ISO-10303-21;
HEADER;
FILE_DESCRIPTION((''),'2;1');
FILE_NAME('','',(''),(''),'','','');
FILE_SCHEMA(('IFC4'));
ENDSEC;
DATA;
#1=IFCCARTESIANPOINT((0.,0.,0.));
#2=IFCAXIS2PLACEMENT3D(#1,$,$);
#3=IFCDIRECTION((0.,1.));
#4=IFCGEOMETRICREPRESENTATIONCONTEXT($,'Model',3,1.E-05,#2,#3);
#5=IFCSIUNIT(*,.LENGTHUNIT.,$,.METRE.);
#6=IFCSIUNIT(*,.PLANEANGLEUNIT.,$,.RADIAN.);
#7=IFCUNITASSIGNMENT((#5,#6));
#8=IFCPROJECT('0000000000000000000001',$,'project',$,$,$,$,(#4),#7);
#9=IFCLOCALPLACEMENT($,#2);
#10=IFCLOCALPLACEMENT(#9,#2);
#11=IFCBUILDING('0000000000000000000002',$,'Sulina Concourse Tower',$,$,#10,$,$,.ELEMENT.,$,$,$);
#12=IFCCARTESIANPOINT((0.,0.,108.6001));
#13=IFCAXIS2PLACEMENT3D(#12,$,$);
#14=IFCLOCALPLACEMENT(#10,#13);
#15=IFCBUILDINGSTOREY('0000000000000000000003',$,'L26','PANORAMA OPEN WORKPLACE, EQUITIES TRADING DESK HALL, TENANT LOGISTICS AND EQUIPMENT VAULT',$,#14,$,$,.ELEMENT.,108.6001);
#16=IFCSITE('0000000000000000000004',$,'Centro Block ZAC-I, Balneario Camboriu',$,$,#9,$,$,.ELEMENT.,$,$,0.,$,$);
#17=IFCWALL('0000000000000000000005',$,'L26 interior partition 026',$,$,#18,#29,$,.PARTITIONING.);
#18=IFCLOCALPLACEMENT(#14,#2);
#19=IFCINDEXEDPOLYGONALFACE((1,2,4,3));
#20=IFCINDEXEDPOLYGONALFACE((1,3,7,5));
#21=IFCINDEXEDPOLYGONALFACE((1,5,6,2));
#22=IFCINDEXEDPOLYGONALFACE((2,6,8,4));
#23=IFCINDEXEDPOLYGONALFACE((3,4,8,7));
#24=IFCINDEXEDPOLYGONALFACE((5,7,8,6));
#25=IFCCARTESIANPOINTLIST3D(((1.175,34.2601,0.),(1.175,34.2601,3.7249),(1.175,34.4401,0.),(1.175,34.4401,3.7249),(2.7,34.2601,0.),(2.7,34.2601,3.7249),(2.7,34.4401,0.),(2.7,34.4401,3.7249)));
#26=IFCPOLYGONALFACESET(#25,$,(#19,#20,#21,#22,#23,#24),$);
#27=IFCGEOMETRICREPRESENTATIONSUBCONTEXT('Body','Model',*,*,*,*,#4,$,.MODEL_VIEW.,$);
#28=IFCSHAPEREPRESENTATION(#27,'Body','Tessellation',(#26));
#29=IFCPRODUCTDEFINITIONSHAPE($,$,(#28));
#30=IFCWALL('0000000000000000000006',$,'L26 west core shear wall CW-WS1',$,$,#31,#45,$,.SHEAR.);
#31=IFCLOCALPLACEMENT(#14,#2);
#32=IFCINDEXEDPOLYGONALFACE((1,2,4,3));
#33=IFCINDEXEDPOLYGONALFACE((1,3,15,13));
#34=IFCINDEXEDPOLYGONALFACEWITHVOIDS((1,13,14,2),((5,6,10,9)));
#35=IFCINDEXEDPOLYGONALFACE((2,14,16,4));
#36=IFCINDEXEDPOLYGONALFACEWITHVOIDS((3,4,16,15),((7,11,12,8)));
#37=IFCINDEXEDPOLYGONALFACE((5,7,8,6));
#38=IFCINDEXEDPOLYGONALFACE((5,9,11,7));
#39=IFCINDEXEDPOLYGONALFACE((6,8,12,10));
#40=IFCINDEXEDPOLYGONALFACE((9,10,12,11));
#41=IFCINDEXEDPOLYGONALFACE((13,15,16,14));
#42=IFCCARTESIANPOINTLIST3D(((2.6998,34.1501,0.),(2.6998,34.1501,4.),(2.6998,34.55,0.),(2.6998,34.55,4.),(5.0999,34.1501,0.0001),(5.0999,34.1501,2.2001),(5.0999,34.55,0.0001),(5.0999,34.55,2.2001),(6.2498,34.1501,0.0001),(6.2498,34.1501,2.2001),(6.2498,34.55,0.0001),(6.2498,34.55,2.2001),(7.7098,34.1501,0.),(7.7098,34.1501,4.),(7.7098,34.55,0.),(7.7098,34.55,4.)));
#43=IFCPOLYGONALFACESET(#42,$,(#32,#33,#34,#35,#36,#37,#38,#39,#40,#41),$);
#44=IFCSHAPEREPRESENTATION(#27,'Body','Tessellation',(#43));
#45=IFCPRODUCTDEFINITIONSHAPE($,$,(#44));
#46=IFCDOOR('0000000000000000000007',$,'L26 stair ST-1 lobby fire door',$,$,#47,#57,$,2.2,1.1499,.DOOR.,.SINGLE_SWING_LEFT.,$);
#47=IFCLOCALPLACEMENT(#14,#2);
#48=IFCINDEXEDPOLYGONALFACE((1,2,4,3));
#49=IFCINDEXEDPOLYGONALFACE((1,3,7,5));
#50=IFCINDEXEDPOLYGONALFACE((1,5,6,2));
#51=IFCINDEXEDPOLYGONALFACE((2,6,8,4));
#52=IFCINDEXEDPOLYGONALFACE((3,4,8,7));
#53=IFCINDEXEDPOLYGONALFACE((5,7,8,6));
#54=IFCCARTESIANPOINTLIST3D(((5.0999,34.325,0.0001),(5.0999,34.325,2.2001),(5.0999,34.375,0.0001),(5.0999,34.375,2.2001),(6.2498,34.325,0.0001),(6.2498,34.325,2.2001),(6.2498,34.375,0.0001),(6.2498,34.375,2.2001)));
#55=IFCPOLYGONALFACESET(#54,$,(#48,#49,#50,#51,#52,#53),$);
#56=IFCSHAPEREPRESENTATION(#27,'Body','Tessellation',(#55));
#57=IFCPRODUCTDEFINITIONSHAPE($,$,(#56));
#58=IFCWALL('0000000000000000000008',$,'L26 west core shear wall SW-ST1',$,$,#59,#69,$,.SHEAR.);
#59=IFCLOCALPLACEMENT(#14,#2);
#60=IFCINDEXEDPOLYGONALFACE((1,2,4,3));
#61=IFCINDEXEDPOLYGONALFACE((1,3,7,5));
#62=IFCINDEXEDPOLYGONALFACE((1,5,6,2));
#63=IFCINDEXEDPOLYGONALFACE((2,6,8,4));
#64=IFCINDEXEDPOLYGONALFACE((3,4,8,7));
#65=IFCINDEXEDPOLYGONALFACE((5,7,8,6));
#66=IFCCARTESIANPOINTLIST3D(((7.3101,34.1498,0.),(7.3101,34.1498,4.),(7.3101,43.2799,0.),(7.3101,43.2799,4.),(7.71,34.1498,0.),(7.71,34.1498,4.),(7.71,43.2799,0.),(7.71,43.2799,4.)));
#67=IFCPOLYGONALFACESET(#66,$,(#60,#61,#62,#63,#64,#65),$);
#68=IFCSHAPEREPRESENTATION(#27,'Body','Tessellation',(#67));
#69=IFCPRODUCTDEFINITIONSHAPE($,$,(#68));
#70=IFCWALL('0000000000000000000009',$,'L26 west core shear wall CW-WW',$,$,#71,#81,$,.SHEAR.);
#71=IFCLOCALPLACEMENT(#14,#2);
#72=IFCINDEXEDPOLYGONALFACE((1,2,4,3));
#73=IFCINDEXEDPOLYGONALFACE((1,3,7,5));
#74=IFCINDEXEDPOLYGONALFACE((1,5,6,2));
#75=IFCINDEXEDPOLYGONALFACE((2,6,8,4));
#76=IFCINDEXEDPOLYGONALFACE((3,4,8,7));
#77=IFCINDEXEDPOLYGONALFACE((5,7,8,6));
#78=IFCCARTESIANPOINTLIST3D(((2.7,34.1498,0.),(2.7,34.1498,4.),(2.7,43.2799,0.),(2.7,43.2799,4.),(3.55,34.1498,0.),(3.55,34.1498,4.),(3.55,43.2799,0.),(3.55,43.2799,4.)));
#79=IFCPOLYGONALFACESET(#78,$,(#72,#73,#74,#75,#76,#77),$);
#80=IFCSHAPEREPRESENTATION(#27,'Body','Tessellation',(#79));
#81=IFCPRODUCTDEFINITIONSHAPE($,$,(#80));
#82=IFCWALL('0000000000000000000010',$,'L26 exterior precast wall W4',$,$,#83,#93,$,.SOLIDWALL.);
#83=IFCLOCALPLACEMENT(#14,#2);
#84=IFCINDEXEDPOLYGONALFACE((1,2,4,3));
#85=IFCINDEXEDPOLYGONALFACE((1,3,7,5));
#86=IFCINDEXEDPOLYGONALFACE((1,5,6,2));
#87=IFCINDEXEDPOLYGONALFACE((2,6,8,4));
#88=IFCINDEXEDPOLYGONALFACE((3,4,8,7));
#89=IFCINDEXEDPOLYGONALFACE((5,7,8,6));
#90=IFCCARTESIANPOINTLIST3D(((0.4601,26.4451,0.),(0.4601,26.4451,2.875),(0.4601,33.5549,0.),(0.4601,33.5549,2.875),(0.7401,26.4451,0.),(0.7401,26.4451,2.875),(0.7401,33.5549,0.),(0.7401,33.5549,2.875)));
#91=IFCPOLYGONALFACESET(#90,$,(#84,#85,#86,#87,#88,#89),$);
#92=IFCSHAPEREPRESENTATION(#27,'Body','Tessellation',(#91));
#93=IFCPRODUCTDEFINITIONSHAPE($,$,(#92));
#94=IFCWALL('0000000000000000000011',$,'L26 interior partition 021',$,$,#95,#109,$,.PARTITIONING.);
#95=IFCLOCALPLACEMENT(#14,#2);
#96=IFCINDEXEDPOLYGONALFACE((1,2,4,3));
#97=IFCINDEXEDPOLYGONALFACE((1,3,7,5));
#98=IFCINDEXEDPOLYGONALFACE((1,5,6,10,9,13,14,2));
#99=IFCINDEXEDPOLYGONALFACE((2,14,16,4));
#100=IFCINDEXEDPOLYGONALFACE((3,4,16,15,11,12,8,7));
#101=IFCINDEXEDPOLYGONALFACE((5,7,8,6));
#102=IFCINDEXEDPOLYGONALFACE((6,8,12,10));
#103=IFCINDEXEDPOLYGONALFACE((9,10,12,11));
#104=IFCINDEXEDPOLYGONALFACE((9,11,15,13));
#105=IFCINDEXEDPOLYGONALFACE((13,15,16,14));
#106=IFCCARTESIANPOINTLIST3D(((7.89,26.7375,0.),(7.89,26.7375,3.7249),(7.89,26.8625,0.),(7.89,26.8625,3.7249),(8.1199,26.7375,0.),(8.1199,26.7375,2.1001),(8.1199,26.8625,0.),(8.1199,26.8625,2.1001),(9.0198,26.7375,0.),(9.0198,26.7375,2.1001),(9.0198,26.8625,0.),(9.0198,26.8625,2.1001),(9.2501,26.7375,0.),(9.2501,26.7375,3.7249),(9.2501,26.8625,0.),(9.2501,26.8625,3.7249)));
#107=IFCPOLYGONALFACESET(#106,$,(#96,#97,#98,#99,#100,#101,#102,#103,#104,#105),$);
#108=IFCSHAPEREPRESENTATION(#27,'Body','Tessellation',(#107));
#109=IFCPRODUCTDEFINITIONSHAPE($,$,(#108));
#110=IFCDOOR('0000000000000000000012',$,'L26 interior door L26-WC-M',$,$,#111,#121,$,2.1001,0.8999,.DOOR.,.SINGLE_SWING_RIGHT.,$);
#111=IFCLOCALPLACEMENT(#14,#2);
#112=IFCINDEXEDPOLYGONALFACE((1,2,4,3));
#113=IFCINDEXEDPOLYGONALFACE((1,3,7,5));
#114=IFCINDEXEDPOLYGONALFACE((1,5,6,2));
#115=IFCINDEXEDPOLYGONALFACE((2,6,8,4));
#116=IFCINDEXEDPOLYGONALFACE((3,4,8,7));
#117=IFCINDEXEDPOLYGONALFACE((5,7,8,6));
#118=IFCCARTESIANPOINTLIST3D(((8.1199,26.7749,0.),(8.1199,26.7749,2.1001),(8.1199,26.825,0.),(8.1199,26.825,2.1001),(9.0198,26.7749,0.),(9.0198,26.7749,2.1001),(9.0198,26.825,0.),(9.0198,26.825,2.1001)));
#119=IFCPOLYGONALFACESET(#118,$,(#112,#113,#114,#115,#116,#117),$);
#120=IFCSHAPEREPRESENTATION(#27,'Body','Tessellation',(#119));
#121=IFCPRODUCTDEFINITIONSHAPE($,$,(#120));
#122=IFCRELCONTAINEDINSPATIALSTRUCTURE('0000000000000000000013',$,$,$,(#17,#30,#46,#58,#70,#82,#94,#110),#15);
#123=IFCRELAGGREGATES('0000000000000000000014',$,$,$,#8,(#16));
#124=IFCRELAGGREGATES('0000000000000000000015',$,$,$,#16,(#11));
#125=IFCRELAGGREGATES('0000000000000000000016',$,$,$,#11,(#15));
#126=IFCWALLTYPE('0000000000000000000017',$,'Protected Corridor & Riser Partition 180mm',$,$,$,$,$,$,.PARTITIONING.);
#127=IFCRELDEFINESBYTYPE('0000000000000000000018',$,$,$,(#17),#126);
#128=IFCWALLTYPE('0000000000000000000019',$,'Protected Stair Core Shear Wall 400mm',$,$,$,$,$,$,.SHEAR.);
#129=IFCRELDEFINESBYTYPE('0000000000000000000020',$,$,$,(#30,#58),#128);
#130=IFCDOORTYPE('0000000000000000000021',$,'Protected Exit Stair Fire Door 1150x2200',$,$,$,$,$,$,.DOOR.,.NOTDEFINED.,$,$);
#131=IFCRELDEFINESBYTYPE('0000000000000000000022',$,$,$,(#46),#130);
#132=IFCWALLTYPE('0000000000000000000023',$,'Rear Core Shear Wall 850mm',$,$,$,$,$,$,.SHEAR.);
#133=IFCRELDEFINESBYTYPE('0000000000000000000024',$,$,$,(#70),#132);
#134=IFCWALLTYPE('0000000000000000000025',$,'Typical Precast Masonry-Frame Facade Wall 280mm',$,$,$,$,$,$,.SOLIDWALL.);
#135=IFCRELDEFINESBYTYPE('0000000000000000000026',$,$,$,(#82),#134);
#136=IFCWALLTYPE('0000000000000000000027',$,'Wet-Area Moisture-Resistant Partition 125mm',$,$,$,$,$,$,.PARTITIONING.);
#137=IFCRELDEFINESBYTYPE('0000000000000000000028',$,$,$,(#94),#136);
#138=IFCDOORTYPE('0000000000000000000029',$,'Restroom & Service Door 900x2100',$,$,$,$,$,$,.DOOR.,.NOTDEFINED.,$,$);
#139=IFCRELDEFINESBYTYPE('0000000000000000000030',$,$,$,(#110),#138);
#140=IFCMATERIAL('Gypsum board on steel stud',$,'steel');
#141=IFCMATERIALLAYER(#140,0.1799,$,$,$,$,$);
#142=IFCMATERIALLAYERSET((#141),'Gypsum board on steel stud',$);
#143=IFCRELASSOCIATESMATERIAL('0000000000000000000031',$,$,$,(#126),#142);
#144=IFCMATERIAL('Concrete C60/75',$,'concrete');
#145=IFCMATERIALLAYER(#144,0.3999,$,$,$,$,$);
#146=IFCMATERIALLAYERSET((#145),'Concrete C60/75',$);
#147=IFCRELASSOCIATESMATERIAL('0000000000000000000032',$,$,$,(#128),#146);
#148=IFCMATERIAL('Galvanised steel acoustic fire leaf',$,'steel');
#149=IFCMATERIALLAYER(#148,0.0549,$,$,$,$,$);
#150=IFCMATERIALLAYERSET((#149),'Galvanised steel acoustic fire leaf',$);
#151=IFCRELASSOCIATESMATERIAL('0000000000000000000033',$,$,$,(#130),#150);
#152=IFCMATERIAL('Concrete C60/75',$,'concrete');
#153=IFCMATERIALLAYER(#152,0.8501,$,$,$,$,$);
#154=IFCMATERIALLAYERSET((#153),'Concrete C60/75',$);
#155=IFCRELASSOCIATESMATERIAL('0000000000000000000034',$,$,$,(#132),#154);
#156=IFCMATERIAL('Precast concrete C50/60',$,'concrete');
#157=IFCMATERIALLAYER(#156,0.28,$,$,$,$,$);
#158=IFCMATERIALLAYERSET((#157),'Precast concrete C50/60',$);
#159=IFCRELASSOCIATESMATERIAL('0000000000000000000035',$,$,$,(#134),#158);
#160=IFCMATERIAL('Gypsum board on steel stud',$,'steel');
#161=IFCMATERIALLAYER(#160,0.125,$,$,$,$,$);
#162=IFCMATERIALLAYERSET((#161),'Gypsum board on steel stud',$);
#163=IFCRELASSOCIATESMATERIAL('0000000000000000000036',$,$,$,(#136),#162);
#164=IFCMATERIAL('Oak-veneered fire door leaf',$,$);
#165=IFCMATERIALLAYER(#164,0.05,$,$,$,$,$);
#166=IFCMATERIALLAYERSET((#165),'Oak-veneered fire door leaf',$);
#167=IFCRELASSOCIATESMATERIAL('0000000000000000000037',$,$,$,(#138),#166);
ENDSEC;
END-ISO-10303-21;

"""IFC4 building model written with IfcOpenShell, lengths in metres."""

from ifc_helpers import new_model, si_unit, direction, frame, frame_2d, origin, place, context, subcontext, project, spatial, rectangle, extrude, material, layer, layer_set, type_object, element, fill, save


model = new_model("IFC4")

# Units and contexts
model_context = context("Model", 3, precision=1e-05, world=origin(), true_north=direction((0.0, 1.0)))
body_context = subcontext(model_context, "Body", "Model", "MODEL_VIEW")
ifc_project = project(units=[si_unit("LENGTHUNIT", "METRE"), si_unit("PLANEANGLEUNIT", "RADIAN")], contexts=[model_context])

# Site, building, storey
site_placement = place(None, origin())
site = spatial("IfcSite", under=ifc_project, at=site_placement, Name="Centro Block ZAC-I, Balneario Camboriu", CompositionType="ELEMENT", RefElevation=0.0)
building_placement = place(site_placement, origin())
building = spatial("IfcBuilding", under=site, at=building_placement, Name="Sulina Concourse Tower", CompositionType="ELEMENT")
storey_placement = place(building_placement, frame((0.0, 0.0, 108.6001)))
storey = spatial("IfcBuildingStorey", under=building, at=storey_placement, Name="L26", Description="PANORAMA OPEN WORKPLACE, EQUITIES TRADING DESK HALL, TENANT LOGISTICS AND EQUIPMENT VAULT", CompositionType="ELEMENT", Elevation=108.6001)

# Wall
ifc_material_1 = material(Name="Gypsum board on steel stud", Category="steel")
ifc_layer_1 = layer(ifc_material_1, 0.1799)
ifc_layer_set_1 = layer_set([ifc_layer_1], Name="Gypsum board on steel stud")
wall_type_1 = type_object("IfcWallType", Name="Protected Corridor & Riser Partition 180mm", PredefinedType="PARTITIONING", material=ifc_layer_set_1)
wall_1_placement = place(storey_placement, frame((1.175, 34.3501, 0.0), z_axis=(0.0, 0.0, 1.0), x_axis=(1.0, 0.0, 0.0)))
element("IfcWall", 1, at=wall_1_placement, inside=storey, type_object=wall_type_1, Name="L26 interior partition 026", PredefinedType="PARTITIONING", context=body_context, shape_type="SweptSolid", body=[
    extrude(rectangle(XDim=1.5249, YDim=0.1799, at=frame_2d((0.7625, 0.0))), origin(), (0.0, 0.0, 1.0), 3.7249),
])

# Wall, opening, door
ifc_material_2 = material(Name="Concrete C60/75", Category="concrete")
ifc_layer_2 = layer(ifc_material_2, 0.3999)
ifc_layer_set_2 = layer_set([ifc_layer_2], Name="Concrete C60/75")
wall_type_2 = type_object("IfcWallType", Name="Protected Stair Core Shear Wall 400mm", PredefinedType="SHEAR", material=ifc_layer_set_2)
wall_2_placement = place(storey_placement, frame((2.7, 34.3501, 0.0), z_axis=(0.0, 0.0, 1.0), x_axis=(1.0, 0.0, 0.0)))
wall_2 = element("IfcWall", 2, at=wall_2_placement, inside=storey, type_object=wall_type_2, Name="L26 west core shear wall CW-WS1", PredefinedType="SHEAR", context=body_context, shape_type="SweptSolid", body=[
    extrude(rectangle(XDim=5.01, YDim=0.3999, at=frame_2d((2.5049, 0.0))), origin(), (0.0, 0.0, 1.0), 4.0),
])
opening_1_placement = place(wall_2_placement, frame((2.3999, 0.0, 0.0)))
opening_1 = element("IfcOpeningElement", 3, at=opening_1_placement, cuts=wall_2, PredefinedType="OPENING", context=body_context, shape_type="SweptSolid", body=[
    extrude(rectangle(XDim=1.1499, YDim=2.2, at=frame_2d((0.575, 1.1001))), frame((0.0, 0.21, 0.0), z_axis=(0.0, -1.0, 0.0), x_axis=(1.0, 0.0, 0.0)), (0.0, 0.0, 1.0), 0.4199),
])
ifc_material_3 = material(Name="Galvanised steel acoustic fire leaf", Category="steel")
ifc_layer_3 = layer(ifc_material_3, 0.0549)
ifc_layer_set_3 = layer_set([ifc_layer_3], Name="Galvanised steel acoustic fire leaf")
door_type_1 = type_object("IfcDoorType", Name="Protected Exit Stair Fire Door 1150x2200", OperationType="NOTDEFINED", PredefinedType="DOOR", material=ifc_layer_set_3)
door_1_placement = place(opening_1_placement, origin())
door_1 = element("IfcDoor", 4, at=door_1_placement, inside=storey, type_object=door_type_1, Name="L26 stair ST-1 lobby fire door", OperationType="SINGLE_SWING_LEFT", OverallHeight=2.2, OverallWidth=1.1499, PredefinedType="DOOR", context=body_context, shape_type="SweptSolid", body=[
    extrude(rectangle(XDim=1.1499, YDim=2.2, at=frame_2d((0.575, 1.1001))), frame((0.0, 0.0249, 0.0), z_axis=(0.0, -1.0, 0.0), x_axis=(1.0, 0.0, 0.0)), (0.0, 0.0, 1.0), 0.05),
])
fill(opening_1, door_1)

# Walls
wall_3_placement = place(storey_placement, frame((7.51, 34.1499, 0.0), z_axis=(0.0, 0.0, 1.0), x_axis=(0.0, 1.0, 0.0)))
element("IfcWall", 5, at=wall_3_placement, inside=storey, type_object=wall_type_2, Name="L26 west core shear wall SW-ST1", PredefinedType="SHEAR", context=body_context, shape_type="SweptSolid", body=[
    extrude(rectangle(XDim=9.1301, YDim=0.3999, at=frame_2d((4.5649, 0.0))), origin(), (0.0, 0.0, 1.0), 4.0),
])
ifc_material_4 = material(Name="Concrete C60/75", Category="concrete")
ifc_layer_4 = layer(ifc_material_4, 0.8501)
ifc_layer_set_4 = layer_set([ifc_layer_4], Name="Concrete C60/75")
wall_type_3 = type_object("IfcWallType", Name="Rear Core Shear Wall 850mm", PredefinedType="SHEAR", material=ifc_layer_set_4)
wall_4_placement = place(storey_placement, frame((3.125, 34.1499, 0.0), z_axis=(0.0, 0.0, 1.0), x_axis=(0.0, 1.0, 0.0)))
element("IfcWall", 6, at=wall_4_placement, inside=storey, type_object=wall_type_3, Name="L26 west core shear wall CW-WW", PredefinedType="SHEAR", context=body_context, shape_type="SweptSolid", body=[
    extrude(rectangle(XDim=9.1301, YDim=0.8501, at=frame_2d((4.5649, 0.0))), origin(), (0.0, 0.0, 1.0), 4.0),
])
ifc_material_5 = material(Name="Precast concrete C50/60", Category="concrete")
ifc_layer_5 = layer(ifc_material_5, 0.28)
ifc_layer_set_5 = layer_set([ifc_layer_5], Name="Precast concrete C50/60")
wall_type_4 = type_object("IfcWallType", Name="Typical Precast Masonry-Frame Facade Wall 280mm", PredefinedType="SOLIDWALL", material=ifc_layer_set_5)
wall_5_placement = place(storey_placement, frame((0.6001, 26.4451, 0.0), z_axis=(0.0, 0.0, 1.0), x_axis=(0.0, 1.0, 0.0)))
element("IfcWall", 7, at=wall_5_placement, inside=storey, type_object=wall_type_4, Name="L26 exterior precast wall W4", PredefinedType="SOLIDWALL", context=body_context, shape_type="SweptSolid", body=[
    extrude(rectangle(XDim=7.1099, YDim=0.28, at=frame_2d((3.5549, 0.0))), origin(), (0.0, 0.0, 1.0), 2.875),
])

# Wall, opening, door
ifc_material_6 = material(Name="Gypsum board on steel stud", Category="steel")
ifc_layer_6 = layer(ifc_material_6, 0.125)
ifc_layer_set_6 = layer_set([ifc_layer_6], Name="Gypsum board on steel stud")
wall_type_5 = type_object("IfcWallType", Name="Wet-Area Moisture-Resistant Partition 125mm", PredefinedType="PARTITIONING", material=ifc_layer_set_6)
wall_6_placement = place(storey_placement, frame((7.8899, 26.8, 0.0), z_axis=(0.0, 0.0, 1.0), x_axis=(1.0, 0.0, 0.0)))
wall_6 = element("IfcWall", 8, at=wall_6_placement, inside=storey, type_object=wall_type_5, Name="L26 interior partition 021", PredefinedType="PARTITIONING", context=body_context, shape_type="SweptSolid", body=[
    extrude(rectangle(XDim=1.3601, YDim=0.125, at=frame_2d((0.6802, 0.0))), origin(), (0.0, 0.0, 1.0), 3.7249),
])
opening_2_placement = place(wall_6_placement, frame((0.23, 0.0, 0.0)))
opening_2 = element("IfcOpeningElement", 9, at=opening_2_placement, cuts=wall_6, PredefinedType="OPENING", context=body_context, shape_type="SweptSolid", body=[
    extrude(rectangle(XDim=0.8999, YDim=2.1001, at=frame_2d((0.45, 1.05))), frame((0.0, 0.0725, 0.0), z_axis=(0.0, -1.0, 0.0), x_axis=(1.0, 0.0, 0.0)), (0.0, 0.0, 1.0), 0.145),
])
ifc_material_7 = material(Name="Oak-veneered fire door leaf")
ifc_layer_7 = layer(ifc_material_7, 0.05)
ifc_layer_set_7 = layer_set([ifc_layer_7], Name="Oak-veneered fire door leaf")
door_type_2 = type_object("IfcDoorType", Name="Restroom & Service Door 900x2100", OperationType="NOTDEFINED", PredefinedType="DOOR", material=ifc_layer_set_7)
door_2_placement = place(opening_2_placement, origin())
door_2 = element("IfcDoor", 10, at=door_2_placement, inside=storey, type_object=door_type_2, Name="L26 interior door L26-WC-M", OperationType="SINGLE_SWING_RIGHT", OverallHeight=2.1001, OverallWidth=0.8999, PredefinedType="DOOR", context=body_context, shape_type="SweptSolid", body=[
    extrude(rectangle(XDim=0.8999, YDim=2.1001, at=frame_2d((0.45, 1.05))), frame((0.0, 0.0249, 0.0), z_axis=(0.0, -1.0, 0.0), x_axis=(1.0, 0.0, 0.0)), (0.0, 0.0, 1.0), 0.05),
])
fill(opening_2, door_2)

save(model, "model.ifc")
